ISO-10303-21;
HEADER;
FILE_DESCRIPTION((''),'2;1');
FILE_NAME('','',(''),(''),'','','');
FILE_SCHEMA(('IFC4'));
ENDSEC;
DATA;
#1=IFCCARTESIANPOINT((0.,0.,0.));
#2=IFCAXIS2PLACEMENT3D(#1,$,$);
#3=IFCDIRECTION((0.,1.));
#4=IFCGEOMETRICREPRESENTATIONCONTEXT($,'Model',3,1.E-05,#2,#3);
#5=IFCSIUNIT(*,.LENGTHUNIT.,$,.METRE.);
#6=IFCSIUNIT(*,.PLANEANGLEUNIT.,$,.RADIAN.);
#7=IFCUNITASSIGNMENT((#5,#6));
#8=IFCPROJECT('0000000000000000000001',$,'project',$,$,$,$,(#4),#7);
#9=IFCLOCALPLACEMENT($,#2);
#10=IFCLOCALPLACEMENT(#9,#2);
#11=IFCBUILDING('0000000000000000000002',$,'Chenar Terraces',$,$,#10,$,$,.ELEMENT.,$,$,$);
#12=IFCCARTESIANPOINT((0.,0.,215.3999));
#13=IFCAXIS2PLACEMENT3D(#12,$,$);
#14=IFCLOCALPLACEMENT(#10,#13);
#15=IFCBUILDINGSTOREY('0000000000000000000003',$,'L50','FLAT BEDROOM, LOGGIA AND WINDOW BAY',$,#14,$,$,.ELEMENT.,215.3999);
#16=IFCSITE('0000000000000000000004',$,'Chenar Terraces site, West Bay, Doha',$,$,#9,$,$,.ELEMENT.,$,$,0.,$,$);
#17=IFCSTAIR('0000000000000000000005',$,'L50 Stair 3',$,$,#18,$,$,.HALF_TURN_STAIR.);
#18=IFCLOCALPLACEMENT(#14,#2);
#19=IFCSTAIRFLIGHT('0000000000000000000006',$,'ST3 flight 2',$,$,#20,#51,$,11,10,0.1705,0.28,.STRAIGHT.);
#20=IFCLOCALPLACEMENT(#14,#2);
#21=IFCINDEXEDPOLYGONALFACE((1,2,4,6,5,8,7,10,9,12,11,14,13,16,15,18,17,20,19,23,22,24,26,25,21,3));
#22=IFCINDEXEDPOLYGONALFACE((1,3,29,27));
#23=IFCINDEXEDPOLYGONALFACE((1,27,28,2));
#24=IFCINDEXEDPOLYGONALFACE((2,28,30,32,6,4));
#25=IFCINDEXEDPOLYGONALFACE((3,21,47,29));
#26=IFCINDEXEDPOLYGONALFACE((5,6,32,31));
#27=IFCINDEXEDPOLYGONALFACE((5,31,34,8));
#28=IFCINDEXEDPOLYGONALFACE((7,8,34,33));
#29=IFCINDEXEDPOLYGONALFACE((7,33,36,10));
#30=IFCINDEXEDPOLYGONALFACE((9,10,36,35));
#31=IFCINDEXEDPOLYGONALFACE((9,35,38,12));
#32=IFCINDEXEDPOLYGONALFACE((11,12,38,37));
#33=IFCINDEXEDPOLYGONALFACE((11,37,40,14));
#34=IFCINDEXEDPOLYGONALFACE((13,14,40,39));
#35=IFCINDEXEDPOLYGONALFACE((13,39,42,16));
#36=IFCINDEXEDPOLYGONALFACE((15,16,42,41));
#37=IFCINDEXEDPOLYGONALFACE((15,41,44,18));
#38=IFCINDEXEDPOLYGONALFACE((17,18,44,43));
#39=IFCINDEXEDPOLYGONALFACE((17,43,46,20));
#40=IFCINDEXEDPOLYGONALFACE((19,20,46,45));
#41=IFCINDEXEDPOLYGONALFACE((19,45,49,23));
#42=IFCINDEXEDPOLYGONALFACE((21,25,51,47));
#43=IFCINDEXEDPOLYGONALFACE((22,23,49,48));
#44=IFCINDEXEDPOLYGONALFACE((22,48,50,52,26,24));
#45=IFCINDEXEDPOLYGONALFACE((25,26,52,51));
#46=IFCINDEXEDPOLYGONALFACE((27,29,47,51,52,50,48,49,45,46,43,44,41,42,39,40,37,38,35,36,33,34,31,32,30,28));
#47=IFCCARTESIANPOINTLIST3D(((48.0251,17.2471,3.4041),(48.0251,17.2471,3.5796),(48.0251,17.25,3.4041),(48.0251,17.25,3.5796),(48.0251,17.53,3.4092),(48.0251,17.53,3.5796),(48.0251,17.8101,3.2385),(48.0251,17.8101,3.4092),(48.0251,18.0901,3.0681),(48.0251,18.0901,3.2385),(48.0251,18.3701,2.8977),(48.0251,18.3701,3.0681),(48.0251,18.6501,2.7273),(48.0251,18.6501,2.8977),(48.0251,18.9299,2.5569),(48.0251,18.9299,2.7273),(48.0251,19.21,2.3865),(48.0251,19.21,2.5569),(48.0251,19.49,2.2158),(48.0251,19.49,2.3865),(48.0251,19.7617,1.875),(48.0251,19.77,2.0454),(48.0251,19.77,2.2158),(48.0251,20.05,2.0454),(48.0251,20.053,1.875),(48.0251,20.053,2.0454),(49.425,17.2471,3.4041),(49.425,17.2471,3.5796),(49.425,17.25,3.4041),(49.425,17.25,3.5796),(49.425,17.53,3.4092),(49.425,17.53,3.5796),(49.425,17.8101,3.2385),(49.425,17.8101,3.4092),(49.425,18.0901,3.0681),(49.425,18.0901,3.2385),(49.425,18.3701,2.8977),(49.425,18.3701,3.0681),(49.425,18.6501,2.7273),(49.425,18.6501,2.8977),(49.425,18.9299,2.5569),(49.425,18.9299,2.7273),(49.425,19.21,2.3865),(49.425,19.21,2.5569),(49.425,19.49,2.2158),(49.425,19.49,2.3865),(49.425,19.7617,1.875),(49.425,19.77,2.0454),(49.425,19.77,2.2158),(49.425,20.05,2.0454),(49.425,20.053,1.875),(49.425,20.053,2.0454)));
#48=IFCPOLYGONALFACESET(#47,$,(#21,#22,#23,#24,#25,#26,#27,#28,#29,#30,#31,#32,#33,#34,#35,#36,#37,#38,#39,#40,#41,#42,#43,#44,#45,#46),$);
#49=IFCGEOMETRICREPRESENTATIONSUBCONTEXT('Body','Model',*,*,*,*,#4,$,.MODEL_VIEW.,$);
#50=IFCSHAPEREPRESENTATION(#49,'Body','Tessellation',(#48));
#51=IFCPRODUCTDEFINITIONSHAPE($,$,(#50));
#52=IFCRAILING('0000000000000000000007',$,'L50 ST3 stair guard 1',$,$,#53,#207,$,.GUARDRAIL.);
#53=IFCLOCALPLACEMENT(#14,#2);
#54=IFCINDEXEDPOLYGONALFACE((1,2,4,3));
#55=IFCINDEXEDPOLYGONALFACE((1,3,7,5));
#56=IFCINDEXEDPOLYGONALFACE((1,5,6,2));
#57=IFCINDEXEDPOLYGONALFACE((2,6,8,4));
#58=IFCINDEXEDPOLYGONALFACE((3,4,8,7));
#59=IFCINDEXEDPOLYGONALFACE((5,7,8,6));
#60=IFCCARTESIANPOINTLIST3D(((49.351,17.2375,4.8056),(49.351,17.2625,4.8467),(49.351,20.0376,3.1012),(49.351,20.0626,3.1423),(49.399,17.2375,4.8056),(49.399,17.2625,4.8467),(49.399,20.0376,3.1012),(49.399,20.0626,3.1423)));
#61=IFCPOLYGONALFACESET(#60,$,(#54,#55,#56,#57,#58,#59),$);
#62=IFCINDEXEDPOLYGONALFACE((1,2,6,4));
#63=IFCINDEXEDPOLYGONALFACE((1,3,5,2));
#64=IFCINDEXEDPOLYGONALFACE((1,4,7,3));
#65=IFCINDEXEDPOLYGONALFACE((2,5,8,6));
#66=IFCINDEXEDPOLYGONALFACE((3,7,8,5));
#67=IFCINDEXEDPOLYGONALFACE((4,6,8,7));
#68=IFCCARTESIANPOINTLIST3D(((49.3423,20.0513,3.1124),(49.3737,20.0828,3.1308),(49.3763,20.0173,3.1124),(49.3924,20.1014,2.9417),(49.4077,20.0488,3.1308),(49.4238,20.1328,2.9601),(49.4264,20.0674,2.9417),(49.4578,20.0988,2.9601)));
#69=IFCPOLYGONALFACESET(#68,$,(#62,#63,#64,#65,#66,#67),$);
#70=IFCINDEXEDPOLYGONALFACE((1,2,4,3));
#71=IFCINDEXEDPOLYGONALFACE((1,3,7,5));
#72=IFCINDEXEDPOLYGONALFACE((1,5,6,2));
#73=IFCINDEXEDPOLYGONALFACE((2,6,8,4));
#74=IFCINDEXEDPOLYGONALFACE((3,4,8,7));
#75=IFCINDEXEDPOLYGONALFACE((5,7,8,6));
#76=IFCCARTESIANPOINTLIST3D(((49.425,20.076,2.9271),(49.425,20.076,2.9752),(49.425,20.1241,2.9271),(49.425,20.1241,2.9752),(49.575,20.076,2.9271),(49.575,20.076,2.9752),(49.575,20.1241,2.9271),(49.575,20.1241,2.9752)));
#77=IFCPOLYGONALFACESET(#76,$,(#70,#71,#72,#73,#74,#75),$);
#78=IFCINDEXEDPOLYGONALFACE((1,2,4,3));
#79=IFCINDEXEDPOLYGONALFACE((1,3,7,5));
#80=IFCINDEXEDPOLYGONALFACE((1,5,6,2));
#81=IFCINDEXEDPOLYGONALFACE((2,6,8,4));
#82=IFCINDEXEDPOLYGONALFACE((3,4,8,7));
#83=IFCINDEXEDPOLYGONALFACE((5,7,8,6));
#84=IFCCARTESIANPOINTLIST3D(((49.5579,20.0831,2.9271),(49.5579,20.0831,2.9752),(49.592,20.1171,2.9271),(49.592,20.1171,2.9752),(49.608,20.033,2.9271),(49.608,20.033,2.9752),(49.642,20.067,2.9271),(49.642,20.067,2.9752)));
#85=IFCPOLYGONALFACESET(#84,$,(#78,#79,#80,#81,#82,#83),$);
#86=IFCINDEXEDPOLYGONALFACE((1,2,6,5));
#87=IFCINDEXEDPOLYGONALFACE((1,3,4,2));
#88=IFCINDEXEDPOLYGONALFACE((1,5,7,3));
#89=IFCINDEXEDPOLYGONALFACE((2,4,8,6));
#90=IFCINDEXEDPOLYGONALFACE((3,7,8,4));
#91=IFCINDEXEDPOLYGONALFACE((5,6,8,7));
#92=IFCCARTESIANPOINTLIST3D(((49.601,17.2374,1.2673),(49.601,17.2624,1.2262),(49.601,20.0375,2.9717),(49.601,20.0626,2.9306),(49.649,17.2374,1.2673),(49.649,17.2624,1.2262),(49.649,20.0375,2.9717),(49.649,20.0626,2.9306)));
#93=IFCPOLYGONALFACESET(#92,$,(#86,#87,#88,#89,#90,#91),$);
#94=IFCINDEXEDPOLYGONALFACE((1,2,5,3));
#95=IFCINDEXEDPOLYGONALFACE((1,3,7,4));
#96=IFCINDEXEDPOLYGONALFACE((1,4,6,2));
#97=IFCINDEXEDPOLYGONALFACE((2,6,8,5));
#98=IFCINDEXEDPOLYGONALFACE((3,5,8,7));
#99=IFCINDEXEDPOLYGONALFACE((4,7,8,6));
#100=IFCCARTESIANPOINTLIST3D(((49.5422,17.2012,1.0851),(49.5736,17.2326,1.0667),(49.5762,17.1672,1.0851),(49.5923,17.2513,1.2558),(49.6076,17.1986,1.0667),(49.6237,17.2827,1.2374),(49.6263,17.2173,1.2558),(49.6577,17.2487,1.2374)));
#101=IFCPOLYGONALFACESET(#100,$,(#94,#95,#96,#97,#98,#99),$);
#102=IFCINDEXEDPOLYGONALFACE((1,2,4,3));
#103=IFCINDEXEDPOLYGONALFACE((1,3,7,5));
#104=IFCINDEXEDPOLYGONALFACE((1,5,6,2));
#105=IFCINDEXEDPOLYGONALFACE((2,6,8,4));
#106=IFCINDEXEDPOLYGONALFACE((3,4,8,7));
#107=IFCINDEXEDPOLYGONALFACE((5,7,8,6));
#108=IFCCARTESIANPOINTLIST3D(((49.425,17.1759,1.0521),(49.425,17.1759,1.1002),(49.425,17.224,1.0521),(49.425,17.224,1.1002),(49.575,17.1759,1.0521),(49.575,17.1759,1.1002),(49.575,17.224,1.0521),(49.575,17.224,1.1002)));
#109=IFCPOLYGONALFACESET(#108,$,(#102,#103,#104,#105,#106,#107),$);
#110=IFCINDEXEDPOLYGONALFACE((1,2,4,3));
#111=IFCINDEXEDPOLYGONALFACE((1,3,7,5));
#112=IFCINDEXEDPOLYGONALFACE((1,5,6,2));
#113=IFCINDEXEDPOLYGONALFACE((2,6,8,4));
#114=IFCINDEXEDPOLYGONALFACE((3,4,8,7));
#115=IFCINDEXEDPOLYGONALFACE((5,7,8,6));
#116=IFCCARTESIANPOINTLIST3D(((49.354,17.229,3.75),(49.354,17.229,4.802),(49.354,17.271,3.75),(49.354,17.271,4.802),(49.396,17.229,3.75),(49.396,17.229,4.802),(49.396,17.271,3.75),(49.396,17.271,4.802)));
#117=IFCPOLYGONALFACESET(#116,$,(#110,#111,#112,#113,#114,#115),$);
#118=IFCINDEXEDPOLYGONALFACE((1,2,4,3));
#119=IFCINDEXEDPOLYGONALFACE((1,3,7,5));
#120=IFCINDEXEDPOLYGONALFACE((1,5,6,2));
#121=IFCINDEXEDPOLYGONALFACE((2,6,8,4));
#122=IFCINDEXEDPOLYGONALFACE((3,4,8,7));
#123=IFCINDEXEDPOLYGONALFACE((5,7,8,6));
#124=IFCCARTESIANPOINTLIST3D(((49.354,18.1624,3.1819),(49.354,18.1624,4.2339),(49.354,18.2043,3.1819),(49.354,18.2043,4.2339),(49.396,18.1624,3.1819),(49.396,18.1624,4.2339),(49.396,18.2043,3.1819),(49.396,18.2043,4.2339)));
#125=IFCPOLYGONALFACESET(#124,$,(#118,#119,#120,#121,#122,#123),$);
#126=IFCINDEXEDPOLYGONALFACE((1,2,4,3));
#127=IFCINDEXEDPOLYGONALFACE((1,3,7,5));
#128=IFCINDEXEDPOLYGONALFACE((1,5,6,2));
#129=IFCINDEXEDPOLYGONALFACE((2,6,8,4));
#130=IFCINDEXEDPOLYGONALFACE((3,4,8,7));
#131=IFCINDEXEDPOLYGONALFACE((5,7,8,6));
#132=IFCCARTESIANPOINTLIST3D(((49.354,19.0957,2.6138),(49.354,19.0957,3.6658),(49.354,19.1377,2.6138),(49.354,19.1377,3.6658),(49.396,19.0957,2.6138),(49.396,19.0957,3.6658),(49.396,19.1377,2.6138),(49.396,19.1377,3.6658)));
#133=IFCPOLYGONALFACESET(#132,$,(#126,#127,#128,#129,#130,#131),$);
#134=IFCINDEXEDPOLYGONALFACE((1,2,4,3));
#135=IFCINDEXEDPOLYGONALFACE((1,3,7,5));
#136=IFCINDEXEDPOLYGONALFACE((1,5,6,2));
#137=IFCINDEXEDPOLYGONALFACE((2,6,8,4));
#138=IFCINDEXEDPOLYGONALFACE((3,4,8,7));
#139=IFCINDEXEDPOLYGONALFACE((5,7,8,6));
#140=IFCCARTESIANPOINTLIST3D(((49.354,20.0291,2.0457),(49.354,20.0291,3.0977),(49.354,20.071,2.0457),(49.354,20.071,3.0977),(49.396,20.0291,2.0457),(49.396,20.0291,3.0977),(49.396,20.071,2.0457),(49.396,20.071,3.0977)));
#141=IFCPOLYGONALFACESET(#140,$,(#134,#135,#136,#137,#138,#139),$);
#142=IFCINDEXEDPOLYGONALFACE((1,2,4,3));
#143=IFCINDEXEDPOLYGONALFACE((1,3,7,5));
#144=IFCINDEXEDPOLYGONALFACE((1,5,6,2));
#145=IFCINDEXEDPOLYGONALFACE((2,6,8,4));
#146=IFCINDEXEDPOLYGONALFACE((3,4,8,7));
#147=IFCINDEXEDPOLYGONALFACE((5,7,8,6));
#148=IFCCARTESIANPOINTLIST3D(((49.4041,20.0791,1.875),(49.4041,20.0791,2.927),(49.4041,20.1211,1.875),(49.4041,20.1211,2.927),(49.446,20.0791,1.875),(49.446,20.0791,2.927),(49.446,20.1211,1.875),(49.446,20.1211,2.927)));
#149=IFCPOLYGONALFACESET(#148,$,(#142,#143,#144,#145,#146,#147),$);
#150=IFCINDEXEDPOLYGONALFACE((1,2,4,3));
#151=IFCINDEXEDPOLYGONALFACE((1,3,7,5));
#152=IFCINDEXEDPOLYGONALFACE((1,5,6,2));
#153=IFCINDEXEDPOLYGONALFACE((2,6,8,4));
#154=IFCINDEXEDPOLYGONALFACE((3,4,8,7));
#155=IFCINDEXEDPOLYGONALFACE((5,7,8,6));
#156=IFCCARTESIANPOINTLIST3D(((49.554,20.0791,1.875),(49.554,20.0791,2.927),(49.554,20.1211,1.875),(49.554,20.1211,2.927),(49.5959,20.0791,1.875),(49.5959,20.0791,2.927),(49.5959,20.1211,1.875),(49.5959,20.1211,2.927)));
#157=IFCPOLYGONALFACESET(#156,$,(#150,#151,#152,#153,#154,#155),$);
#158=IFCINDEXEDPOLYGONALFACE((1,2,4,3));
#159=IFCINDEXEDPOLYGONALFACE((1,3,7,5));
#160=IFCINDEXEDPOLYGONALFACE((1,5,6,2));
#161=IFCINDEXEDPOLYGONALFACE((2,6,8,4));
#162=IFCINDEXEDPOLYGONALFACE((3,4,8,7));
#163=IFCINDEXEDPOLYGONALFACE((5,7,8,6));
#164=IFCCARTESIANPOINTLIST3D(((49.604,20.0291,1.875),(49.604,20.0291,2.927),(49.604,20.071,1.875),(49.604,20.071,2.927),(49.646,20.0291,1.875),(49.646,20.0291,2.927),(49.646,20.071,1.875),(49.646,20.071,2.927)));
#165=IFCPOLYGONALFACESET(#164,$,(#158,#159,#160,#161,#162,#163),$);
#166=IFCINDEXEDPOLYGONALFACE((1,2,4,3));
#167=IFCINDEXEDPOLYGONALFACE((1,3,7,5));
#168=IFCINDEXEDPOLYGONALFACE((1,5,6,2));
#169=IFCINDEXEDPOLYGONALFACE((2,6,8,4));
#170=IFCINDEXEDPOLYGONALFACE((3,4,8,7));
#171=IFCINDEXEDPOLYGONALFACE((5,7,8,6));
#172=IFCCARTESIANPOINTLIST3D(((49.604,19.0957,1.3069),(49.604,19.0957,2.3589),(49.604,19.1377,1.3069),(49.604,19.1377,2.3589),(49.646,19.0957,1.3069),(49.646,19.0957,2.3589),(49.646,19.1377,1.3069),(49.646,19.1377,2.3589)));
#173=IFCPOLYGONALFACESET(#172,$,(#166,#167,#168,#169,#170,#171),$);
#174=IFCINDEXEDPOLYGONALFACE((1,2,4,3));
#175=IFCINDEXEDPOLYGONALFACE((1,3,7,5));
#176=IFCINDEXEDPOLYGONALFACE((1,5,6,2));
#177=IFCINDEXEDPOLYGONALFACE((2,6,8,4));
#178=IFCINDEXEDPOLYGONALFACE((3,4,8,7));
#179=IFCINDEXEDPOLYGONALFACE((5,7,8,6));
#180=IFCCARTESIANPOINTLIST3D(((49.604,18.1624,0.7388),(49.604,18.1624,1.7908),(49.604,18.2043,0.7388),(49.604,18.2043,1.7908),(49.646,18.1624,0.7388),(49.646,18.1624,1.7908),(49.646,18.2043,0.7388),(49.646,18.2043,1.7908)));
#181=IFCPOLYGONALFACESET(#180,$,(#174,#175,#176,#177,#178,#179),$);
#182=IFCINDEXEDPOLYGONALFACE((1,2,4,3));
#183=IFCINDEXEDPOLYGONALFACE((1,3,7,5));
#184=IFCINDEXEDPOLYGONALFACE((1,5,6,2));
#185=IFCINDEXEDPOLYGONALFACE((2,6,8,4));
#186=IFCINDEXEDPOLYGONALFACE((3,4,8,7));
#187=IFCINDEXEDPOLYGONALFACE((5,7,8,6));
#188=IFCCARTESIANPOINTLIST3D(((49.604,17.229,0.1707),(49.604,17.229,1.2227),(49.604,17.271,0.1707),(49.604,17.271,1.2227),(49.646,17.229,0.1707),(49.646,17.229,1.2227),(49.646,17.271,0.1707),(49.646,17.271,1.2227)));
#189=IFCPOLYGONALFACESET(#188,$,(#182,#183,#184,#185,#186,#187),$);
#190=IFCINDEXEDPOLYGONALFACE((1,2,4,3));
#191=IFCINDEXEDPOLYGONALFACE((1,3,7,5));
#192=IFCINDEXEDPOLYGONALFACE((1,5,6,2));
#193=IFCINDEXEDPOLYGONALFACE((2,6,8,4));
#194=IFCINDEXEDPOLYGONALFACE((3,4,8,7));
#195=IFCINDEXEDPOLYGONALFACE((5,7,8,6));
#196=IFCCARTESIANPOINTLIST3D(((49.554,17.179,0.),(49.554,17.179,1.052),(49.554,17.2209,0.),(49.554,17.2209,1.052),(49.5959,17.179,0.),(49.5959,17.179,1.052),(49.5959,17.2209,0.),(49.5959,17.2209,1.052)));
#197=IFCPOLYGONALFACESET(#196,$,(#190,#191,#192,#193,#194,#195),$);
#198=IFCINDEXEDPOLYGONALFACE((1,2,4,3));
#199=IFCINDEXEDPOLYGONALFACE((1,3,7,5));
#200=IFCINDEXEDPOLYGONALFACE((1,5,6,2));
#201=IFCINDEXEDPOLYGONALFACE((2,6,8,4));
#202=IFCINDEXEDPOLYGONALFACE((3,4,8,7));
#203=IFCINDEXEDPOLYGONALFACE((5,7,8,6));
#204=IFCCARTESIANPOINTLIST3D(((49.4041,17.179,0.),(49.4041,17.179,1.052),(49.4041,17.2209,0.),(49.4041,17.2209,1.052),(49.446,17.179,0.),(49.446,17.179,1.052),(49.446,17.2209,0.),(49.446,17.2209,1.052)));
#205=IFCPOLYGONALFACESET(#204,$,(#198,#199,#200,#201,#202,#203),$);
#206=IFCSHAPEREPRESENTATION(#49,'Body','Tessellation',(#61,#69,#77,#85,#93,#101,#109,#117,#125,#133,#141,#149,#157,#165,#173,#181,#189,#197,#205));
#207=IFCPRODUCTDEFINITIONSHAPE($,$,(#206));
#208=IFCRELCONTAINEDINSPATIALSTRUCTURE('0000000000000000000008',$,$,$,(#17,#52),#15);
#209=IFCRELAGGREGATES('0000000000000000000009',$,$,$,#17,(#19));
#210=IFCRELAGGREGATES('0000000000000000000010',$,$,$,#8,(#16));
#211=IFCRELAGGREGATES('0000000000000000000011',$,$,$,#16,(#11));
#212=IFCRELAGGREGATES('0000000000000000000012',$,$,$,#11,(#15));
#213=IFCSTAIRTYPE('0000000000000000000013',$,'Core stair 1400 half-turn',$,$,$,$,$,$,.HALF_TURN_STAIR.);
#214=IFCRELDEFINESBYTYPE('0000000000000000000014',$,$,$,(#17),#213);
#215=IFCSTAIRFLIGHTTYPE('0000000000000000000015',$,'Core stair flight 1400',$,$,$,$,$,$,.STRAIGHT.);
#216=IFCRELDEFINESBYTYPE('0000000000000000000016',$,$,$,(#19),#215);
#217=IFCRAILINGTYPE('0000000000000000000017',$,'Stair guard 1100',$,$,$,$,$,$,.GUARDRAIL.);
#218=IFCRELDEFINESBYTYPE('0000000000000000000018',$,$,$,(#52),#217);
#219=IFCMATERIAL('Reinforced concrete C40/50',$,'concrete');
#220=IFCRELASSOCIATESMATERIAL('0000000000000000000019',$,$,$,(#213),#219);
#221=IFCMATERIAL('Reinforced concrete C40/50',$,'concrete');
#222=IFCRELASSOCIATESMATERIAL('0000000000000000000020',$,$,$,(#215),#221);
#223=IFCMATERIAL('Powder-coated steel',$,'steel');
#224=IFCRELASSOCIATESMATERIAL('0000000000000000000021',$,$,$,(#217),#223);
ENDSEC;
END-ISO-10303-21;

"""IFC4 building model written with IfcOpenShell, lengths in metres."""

from ifc_helpers import new_model, si_unit, direction, frame, origin, origin_2d, place, context, subcontext, project, spatial, polyline, rectangle, outline, extrude, material, type_object, element, aggregate, save


model = new_model("IFC4")

# Units and contexts
model_context = context("Model", 3, precision=1e-05, world=origin(), true_north=direction((0.0, 1.0)))
body_context = subcontext(model_context, "Body", "Model", "MODEL_VIEW")
ifc_project = project(units=[si_unit("LENGTHUNIT", "METRE"), si_unit("PLANEANGLEUNIT", "RADIAN")], contexts=[model_context])

# Site, building, storey
site_placement = place(None, origin())
site = spatial("IfcSite", under=ifc_project, at=site_placement, Name="Chenar Terraces site, West Bay, Doha", CompositionType="ELEMENT", RefElevation=0.0)
building_placement = place(site_placement, origin())
building = spatial("IfcBuilding", under=site, at=building_placement, Name="Chenar Terraces", CompositionType="ELEMENT")
storey_placement = place(building_placement, frame((0.0, 0.0, 215.3999)))
storey = spatial("IfcBuildingStorey", under=building, at=storey_placement, Name="L50", Description="FLAT BEDROOM, LOGGIA AND WINDOW BAY", CompositionType="ELEMENT", Elevation=215.3999)

# Stair, stair flight
ifc_material_1 = material(Name="Reinforced concrete C40/50", Category="concrete")
stair_type = type_object("IfcStairType", Name="Core stair 1400 half-turn", PredefinedType="HALF_TURN_STAIR", material=ifc_material_1)
stair_placement = place(storey_placement, origin())
stair = element("IfcStair", 1, at=stair_placement, inside=storey, type_object=stair_type, Name="L50 Stair 3", PredefinedType="HALF_TURN_STAIR")
ifc_material_2 = material(Name="Reinforced concrete C40/50", Category="concrete")
stair_flight_type = type_object("IfcStairFlightType", Name="Core stair flight 1400", PredefinedType="STRAIGHT", material=ifc_material_2)
stair_flight_1_placement = place(storey_placement, frame((48.7251, 20.05, 1.875), z_axis=(0.0, 0.0, 1.0), x_axis=(0.0, -1.0, 0.0)))
stair_flight_1 = element("IfcStairFlight", 2, at=stair_flight_1_placement, type_object=stair_flight_type, Name="ST3 flight 2", NumberOfRisers=11, NumberOfTreads=10, PredefinedType="STRAIGHT", RiserHeight=0.1705, TreadLength=0.28, context=body_context, shape_type="SweptSolid", body=[
    extrude(outline(polyline([(-0.0029, 0.0), (-0.0029, 0.1704), (0.0, 0.1704), (0.28, 0.1704), (0.28, 0.3408), (0.5601, 0.3408), (0.5601, 0.5115), (0.8401, 0.5115), (0.8401, 0.6819), (1.1201, 0.6819), (1.1201, 0.8523), (1.3999, 0.8523), (1.3999, 1.0227), (1.6799, 1.0227), (1.6799, 1.1931), (1.96, 1.1931), (1.96, 1.3635), (2.24, 1.3635), (2.24, 1.5342), (2.52, 1.5342), (2.52, 1.7046), (2.8, 1.7046), (2.803, 1.7046), (2.803, 1.5291), (2.8, 1.5291), (0.2883, 0.0), (-0.0029, 0.0)])), frame((0.0, 0.7, 0.0), z_axis=(0.0, -1.0, 0.0), x_axis=(1.0, 0.0, 0.0)), (0.0, 0.0, 1.0), 1.3999),
])
aggregate(stair, [stair_flight_1])

# Railing
ifc_material_3 = material(Name="Powder-coated steel", Category="steel")
railing_type_1 = type_object("IfcRailingType", Name="Stair guard 1100", PredefinedType="GUARDRAIL", material=ifc_material_3)
railing_1_placement = place(storey_placement, frame((49.375, 17.25, 3.75)))
element("IfcRailing", 3, at=railing_1_placement, inside=storey, type_object=railing_type_1, Name="L50 ST3 stair guard 1", PredefinedType="GUARDRAIL", context=body_context, shape_type="SweptSolid", body=[
    extrude(rectangle(XDim=0.0481, YDim=0.0481, at=origin_2d()), frame((0.0, 0.0, 1.0762), z_axis=(0.0, 0.854203, -0.51994), x_axis=(-1.0, 0.0, 0.0)), (0.0, 0.0, 1.0), 3.2781),
    extrude(rectangle(XDim=0.0481, YDim=0.0481, at=origin_2d()), frame((0.0, 2.8, -0.6284), z_axis=(0.2709, 0.2709, -0.923703), x_axis=(-0.707107, 0.707107, 0.0)), (0.0, 0.0, 1.0), 0.1848),
    extrude(rectangle(XDim=0.0481, YDim=0.0481, at=origin_2d()), frame((0.05, 2.8501, -0.7988), z_axis=(1.0, 0.0, 0.0), x_axis=(0.0, 1.0, 0.0)), (0.0, 0.0, 1.0), 0.1499),
    extrude(rectangle(XDim=0.0481, YDim=0.0481, at=origin_2d()), frame((0.2, 2.8501, -0.7988), z_axis=(0.707107, -0.707107, 0.0), x_axis=(0.707107, 0.707107, 0.0)), (0.0, 0.0, 1.0), 0.0708),
    extrude(rectangle(XDim=0.0481, YDim=0.0481, at=origin_2d()), frame((0.25, 2.8, -0.7988), z_axis=(0.0, -0.854203, -0.51994), x_axis=(1.0, 0.0, 0.0)), (0.0, 0.0, 1.0), 3.2781),
    extrude(rectangle(XDim=0.0481, YDim=0.0481, at=origin_2d()), frame((0.25, 0.0, -2.5034), z_axis=(-0.2709, -0.2709, -0.923703), x_axis=(0.707107, -0.707107, 0.0)), (0.0, 0.0, 1.0), 0.1848),
    extrude(rectangle(XDim=0.0481, YDim=0.0481, at=origin_2d()), frame((0.2, -0.05, -2.6738), z_axis=(-1.0, 0.0, 0.0), x_axis=(0.0, -1.0, 0.0)), (0.0, 0.0, 1.0), 0.1499),
    extrude(rectangle(XDim=0.042, YDim=0.042, at=origin_2d()), origin(), (0.0, 0.0, 1.0), 1.052),
    extrude(rectangle(XDim=0.042, YDim=0.042, at=origin_2d()), frame((0.0, 0.9333, -0.5681)), (0.0, 0.0, 1.0), 1.052),
    extrude(rectangle(XDim=0.042, YDim=0.042, at=origin_2d()), frame((0.0, 1.8667, -1.1362)), (0.0, 0.0, 1.0), 1.052),
    extrude(rectangle(XDim=0.042, YDim=0.042, at=origin_2d()), frame((0.0, 2.8, -1.7043)), (0.0, 0.0, 1.0), 1.052),
    extrude(rectangle(XDim=0.042, YDim=0.042, at=origin_2d()), frame((0.05, 2.8501, -1.875)), (0.0, 0.0, 1.0), 1.052),
    extrude(rectangle(XDim=0.042, YDim=0.042, at=origin_2d()), frame((0.2, 2.8501, -1.875)), (0.0, 0.0, 1.0), 1.052),
    extrude(rectangle(XDim=0.042, YDim=0.042, at=origin_2d()), frame((0.25, 2.8, -1.875)), (0.0, 0.0, 1.0), 1.052),
    extrude(rectangle(XDim=0.042, YDim=0.042, at=origin_2d()), frame((0.25, 1.8667, -2.4431)), (0.0, 0.0, 1.0), 1.052),
    extrude(rectangle(XDim=0.042, YDim=0.042, at=origin_2d()), frame((0.25, 0.9333, -3.0112)), (0.0, 0.0, 1.0), 1.052),
    extrude(rectangle(XDim=0.042, YDim=0.042, at=origin_2d()), frame((0.25, 0.0, -3.5793)), (0.0, 0.0, 1.0), 1.052),
    extrude(rectangle(XDim=0.042, YDim=0.042, at=origin_2d()), frame((0.2, -0.05, -3.75)), (0.0, 0.0, 1.0), 1.052),
    extrude(rectangle(XDim=0.042, YDim=0.042, at=origin_2d()), frame((0.05, -0.05, -3.75)), (0.0, 0.0, 1.0), 1.052),
])

save(model, "model.ifc")
